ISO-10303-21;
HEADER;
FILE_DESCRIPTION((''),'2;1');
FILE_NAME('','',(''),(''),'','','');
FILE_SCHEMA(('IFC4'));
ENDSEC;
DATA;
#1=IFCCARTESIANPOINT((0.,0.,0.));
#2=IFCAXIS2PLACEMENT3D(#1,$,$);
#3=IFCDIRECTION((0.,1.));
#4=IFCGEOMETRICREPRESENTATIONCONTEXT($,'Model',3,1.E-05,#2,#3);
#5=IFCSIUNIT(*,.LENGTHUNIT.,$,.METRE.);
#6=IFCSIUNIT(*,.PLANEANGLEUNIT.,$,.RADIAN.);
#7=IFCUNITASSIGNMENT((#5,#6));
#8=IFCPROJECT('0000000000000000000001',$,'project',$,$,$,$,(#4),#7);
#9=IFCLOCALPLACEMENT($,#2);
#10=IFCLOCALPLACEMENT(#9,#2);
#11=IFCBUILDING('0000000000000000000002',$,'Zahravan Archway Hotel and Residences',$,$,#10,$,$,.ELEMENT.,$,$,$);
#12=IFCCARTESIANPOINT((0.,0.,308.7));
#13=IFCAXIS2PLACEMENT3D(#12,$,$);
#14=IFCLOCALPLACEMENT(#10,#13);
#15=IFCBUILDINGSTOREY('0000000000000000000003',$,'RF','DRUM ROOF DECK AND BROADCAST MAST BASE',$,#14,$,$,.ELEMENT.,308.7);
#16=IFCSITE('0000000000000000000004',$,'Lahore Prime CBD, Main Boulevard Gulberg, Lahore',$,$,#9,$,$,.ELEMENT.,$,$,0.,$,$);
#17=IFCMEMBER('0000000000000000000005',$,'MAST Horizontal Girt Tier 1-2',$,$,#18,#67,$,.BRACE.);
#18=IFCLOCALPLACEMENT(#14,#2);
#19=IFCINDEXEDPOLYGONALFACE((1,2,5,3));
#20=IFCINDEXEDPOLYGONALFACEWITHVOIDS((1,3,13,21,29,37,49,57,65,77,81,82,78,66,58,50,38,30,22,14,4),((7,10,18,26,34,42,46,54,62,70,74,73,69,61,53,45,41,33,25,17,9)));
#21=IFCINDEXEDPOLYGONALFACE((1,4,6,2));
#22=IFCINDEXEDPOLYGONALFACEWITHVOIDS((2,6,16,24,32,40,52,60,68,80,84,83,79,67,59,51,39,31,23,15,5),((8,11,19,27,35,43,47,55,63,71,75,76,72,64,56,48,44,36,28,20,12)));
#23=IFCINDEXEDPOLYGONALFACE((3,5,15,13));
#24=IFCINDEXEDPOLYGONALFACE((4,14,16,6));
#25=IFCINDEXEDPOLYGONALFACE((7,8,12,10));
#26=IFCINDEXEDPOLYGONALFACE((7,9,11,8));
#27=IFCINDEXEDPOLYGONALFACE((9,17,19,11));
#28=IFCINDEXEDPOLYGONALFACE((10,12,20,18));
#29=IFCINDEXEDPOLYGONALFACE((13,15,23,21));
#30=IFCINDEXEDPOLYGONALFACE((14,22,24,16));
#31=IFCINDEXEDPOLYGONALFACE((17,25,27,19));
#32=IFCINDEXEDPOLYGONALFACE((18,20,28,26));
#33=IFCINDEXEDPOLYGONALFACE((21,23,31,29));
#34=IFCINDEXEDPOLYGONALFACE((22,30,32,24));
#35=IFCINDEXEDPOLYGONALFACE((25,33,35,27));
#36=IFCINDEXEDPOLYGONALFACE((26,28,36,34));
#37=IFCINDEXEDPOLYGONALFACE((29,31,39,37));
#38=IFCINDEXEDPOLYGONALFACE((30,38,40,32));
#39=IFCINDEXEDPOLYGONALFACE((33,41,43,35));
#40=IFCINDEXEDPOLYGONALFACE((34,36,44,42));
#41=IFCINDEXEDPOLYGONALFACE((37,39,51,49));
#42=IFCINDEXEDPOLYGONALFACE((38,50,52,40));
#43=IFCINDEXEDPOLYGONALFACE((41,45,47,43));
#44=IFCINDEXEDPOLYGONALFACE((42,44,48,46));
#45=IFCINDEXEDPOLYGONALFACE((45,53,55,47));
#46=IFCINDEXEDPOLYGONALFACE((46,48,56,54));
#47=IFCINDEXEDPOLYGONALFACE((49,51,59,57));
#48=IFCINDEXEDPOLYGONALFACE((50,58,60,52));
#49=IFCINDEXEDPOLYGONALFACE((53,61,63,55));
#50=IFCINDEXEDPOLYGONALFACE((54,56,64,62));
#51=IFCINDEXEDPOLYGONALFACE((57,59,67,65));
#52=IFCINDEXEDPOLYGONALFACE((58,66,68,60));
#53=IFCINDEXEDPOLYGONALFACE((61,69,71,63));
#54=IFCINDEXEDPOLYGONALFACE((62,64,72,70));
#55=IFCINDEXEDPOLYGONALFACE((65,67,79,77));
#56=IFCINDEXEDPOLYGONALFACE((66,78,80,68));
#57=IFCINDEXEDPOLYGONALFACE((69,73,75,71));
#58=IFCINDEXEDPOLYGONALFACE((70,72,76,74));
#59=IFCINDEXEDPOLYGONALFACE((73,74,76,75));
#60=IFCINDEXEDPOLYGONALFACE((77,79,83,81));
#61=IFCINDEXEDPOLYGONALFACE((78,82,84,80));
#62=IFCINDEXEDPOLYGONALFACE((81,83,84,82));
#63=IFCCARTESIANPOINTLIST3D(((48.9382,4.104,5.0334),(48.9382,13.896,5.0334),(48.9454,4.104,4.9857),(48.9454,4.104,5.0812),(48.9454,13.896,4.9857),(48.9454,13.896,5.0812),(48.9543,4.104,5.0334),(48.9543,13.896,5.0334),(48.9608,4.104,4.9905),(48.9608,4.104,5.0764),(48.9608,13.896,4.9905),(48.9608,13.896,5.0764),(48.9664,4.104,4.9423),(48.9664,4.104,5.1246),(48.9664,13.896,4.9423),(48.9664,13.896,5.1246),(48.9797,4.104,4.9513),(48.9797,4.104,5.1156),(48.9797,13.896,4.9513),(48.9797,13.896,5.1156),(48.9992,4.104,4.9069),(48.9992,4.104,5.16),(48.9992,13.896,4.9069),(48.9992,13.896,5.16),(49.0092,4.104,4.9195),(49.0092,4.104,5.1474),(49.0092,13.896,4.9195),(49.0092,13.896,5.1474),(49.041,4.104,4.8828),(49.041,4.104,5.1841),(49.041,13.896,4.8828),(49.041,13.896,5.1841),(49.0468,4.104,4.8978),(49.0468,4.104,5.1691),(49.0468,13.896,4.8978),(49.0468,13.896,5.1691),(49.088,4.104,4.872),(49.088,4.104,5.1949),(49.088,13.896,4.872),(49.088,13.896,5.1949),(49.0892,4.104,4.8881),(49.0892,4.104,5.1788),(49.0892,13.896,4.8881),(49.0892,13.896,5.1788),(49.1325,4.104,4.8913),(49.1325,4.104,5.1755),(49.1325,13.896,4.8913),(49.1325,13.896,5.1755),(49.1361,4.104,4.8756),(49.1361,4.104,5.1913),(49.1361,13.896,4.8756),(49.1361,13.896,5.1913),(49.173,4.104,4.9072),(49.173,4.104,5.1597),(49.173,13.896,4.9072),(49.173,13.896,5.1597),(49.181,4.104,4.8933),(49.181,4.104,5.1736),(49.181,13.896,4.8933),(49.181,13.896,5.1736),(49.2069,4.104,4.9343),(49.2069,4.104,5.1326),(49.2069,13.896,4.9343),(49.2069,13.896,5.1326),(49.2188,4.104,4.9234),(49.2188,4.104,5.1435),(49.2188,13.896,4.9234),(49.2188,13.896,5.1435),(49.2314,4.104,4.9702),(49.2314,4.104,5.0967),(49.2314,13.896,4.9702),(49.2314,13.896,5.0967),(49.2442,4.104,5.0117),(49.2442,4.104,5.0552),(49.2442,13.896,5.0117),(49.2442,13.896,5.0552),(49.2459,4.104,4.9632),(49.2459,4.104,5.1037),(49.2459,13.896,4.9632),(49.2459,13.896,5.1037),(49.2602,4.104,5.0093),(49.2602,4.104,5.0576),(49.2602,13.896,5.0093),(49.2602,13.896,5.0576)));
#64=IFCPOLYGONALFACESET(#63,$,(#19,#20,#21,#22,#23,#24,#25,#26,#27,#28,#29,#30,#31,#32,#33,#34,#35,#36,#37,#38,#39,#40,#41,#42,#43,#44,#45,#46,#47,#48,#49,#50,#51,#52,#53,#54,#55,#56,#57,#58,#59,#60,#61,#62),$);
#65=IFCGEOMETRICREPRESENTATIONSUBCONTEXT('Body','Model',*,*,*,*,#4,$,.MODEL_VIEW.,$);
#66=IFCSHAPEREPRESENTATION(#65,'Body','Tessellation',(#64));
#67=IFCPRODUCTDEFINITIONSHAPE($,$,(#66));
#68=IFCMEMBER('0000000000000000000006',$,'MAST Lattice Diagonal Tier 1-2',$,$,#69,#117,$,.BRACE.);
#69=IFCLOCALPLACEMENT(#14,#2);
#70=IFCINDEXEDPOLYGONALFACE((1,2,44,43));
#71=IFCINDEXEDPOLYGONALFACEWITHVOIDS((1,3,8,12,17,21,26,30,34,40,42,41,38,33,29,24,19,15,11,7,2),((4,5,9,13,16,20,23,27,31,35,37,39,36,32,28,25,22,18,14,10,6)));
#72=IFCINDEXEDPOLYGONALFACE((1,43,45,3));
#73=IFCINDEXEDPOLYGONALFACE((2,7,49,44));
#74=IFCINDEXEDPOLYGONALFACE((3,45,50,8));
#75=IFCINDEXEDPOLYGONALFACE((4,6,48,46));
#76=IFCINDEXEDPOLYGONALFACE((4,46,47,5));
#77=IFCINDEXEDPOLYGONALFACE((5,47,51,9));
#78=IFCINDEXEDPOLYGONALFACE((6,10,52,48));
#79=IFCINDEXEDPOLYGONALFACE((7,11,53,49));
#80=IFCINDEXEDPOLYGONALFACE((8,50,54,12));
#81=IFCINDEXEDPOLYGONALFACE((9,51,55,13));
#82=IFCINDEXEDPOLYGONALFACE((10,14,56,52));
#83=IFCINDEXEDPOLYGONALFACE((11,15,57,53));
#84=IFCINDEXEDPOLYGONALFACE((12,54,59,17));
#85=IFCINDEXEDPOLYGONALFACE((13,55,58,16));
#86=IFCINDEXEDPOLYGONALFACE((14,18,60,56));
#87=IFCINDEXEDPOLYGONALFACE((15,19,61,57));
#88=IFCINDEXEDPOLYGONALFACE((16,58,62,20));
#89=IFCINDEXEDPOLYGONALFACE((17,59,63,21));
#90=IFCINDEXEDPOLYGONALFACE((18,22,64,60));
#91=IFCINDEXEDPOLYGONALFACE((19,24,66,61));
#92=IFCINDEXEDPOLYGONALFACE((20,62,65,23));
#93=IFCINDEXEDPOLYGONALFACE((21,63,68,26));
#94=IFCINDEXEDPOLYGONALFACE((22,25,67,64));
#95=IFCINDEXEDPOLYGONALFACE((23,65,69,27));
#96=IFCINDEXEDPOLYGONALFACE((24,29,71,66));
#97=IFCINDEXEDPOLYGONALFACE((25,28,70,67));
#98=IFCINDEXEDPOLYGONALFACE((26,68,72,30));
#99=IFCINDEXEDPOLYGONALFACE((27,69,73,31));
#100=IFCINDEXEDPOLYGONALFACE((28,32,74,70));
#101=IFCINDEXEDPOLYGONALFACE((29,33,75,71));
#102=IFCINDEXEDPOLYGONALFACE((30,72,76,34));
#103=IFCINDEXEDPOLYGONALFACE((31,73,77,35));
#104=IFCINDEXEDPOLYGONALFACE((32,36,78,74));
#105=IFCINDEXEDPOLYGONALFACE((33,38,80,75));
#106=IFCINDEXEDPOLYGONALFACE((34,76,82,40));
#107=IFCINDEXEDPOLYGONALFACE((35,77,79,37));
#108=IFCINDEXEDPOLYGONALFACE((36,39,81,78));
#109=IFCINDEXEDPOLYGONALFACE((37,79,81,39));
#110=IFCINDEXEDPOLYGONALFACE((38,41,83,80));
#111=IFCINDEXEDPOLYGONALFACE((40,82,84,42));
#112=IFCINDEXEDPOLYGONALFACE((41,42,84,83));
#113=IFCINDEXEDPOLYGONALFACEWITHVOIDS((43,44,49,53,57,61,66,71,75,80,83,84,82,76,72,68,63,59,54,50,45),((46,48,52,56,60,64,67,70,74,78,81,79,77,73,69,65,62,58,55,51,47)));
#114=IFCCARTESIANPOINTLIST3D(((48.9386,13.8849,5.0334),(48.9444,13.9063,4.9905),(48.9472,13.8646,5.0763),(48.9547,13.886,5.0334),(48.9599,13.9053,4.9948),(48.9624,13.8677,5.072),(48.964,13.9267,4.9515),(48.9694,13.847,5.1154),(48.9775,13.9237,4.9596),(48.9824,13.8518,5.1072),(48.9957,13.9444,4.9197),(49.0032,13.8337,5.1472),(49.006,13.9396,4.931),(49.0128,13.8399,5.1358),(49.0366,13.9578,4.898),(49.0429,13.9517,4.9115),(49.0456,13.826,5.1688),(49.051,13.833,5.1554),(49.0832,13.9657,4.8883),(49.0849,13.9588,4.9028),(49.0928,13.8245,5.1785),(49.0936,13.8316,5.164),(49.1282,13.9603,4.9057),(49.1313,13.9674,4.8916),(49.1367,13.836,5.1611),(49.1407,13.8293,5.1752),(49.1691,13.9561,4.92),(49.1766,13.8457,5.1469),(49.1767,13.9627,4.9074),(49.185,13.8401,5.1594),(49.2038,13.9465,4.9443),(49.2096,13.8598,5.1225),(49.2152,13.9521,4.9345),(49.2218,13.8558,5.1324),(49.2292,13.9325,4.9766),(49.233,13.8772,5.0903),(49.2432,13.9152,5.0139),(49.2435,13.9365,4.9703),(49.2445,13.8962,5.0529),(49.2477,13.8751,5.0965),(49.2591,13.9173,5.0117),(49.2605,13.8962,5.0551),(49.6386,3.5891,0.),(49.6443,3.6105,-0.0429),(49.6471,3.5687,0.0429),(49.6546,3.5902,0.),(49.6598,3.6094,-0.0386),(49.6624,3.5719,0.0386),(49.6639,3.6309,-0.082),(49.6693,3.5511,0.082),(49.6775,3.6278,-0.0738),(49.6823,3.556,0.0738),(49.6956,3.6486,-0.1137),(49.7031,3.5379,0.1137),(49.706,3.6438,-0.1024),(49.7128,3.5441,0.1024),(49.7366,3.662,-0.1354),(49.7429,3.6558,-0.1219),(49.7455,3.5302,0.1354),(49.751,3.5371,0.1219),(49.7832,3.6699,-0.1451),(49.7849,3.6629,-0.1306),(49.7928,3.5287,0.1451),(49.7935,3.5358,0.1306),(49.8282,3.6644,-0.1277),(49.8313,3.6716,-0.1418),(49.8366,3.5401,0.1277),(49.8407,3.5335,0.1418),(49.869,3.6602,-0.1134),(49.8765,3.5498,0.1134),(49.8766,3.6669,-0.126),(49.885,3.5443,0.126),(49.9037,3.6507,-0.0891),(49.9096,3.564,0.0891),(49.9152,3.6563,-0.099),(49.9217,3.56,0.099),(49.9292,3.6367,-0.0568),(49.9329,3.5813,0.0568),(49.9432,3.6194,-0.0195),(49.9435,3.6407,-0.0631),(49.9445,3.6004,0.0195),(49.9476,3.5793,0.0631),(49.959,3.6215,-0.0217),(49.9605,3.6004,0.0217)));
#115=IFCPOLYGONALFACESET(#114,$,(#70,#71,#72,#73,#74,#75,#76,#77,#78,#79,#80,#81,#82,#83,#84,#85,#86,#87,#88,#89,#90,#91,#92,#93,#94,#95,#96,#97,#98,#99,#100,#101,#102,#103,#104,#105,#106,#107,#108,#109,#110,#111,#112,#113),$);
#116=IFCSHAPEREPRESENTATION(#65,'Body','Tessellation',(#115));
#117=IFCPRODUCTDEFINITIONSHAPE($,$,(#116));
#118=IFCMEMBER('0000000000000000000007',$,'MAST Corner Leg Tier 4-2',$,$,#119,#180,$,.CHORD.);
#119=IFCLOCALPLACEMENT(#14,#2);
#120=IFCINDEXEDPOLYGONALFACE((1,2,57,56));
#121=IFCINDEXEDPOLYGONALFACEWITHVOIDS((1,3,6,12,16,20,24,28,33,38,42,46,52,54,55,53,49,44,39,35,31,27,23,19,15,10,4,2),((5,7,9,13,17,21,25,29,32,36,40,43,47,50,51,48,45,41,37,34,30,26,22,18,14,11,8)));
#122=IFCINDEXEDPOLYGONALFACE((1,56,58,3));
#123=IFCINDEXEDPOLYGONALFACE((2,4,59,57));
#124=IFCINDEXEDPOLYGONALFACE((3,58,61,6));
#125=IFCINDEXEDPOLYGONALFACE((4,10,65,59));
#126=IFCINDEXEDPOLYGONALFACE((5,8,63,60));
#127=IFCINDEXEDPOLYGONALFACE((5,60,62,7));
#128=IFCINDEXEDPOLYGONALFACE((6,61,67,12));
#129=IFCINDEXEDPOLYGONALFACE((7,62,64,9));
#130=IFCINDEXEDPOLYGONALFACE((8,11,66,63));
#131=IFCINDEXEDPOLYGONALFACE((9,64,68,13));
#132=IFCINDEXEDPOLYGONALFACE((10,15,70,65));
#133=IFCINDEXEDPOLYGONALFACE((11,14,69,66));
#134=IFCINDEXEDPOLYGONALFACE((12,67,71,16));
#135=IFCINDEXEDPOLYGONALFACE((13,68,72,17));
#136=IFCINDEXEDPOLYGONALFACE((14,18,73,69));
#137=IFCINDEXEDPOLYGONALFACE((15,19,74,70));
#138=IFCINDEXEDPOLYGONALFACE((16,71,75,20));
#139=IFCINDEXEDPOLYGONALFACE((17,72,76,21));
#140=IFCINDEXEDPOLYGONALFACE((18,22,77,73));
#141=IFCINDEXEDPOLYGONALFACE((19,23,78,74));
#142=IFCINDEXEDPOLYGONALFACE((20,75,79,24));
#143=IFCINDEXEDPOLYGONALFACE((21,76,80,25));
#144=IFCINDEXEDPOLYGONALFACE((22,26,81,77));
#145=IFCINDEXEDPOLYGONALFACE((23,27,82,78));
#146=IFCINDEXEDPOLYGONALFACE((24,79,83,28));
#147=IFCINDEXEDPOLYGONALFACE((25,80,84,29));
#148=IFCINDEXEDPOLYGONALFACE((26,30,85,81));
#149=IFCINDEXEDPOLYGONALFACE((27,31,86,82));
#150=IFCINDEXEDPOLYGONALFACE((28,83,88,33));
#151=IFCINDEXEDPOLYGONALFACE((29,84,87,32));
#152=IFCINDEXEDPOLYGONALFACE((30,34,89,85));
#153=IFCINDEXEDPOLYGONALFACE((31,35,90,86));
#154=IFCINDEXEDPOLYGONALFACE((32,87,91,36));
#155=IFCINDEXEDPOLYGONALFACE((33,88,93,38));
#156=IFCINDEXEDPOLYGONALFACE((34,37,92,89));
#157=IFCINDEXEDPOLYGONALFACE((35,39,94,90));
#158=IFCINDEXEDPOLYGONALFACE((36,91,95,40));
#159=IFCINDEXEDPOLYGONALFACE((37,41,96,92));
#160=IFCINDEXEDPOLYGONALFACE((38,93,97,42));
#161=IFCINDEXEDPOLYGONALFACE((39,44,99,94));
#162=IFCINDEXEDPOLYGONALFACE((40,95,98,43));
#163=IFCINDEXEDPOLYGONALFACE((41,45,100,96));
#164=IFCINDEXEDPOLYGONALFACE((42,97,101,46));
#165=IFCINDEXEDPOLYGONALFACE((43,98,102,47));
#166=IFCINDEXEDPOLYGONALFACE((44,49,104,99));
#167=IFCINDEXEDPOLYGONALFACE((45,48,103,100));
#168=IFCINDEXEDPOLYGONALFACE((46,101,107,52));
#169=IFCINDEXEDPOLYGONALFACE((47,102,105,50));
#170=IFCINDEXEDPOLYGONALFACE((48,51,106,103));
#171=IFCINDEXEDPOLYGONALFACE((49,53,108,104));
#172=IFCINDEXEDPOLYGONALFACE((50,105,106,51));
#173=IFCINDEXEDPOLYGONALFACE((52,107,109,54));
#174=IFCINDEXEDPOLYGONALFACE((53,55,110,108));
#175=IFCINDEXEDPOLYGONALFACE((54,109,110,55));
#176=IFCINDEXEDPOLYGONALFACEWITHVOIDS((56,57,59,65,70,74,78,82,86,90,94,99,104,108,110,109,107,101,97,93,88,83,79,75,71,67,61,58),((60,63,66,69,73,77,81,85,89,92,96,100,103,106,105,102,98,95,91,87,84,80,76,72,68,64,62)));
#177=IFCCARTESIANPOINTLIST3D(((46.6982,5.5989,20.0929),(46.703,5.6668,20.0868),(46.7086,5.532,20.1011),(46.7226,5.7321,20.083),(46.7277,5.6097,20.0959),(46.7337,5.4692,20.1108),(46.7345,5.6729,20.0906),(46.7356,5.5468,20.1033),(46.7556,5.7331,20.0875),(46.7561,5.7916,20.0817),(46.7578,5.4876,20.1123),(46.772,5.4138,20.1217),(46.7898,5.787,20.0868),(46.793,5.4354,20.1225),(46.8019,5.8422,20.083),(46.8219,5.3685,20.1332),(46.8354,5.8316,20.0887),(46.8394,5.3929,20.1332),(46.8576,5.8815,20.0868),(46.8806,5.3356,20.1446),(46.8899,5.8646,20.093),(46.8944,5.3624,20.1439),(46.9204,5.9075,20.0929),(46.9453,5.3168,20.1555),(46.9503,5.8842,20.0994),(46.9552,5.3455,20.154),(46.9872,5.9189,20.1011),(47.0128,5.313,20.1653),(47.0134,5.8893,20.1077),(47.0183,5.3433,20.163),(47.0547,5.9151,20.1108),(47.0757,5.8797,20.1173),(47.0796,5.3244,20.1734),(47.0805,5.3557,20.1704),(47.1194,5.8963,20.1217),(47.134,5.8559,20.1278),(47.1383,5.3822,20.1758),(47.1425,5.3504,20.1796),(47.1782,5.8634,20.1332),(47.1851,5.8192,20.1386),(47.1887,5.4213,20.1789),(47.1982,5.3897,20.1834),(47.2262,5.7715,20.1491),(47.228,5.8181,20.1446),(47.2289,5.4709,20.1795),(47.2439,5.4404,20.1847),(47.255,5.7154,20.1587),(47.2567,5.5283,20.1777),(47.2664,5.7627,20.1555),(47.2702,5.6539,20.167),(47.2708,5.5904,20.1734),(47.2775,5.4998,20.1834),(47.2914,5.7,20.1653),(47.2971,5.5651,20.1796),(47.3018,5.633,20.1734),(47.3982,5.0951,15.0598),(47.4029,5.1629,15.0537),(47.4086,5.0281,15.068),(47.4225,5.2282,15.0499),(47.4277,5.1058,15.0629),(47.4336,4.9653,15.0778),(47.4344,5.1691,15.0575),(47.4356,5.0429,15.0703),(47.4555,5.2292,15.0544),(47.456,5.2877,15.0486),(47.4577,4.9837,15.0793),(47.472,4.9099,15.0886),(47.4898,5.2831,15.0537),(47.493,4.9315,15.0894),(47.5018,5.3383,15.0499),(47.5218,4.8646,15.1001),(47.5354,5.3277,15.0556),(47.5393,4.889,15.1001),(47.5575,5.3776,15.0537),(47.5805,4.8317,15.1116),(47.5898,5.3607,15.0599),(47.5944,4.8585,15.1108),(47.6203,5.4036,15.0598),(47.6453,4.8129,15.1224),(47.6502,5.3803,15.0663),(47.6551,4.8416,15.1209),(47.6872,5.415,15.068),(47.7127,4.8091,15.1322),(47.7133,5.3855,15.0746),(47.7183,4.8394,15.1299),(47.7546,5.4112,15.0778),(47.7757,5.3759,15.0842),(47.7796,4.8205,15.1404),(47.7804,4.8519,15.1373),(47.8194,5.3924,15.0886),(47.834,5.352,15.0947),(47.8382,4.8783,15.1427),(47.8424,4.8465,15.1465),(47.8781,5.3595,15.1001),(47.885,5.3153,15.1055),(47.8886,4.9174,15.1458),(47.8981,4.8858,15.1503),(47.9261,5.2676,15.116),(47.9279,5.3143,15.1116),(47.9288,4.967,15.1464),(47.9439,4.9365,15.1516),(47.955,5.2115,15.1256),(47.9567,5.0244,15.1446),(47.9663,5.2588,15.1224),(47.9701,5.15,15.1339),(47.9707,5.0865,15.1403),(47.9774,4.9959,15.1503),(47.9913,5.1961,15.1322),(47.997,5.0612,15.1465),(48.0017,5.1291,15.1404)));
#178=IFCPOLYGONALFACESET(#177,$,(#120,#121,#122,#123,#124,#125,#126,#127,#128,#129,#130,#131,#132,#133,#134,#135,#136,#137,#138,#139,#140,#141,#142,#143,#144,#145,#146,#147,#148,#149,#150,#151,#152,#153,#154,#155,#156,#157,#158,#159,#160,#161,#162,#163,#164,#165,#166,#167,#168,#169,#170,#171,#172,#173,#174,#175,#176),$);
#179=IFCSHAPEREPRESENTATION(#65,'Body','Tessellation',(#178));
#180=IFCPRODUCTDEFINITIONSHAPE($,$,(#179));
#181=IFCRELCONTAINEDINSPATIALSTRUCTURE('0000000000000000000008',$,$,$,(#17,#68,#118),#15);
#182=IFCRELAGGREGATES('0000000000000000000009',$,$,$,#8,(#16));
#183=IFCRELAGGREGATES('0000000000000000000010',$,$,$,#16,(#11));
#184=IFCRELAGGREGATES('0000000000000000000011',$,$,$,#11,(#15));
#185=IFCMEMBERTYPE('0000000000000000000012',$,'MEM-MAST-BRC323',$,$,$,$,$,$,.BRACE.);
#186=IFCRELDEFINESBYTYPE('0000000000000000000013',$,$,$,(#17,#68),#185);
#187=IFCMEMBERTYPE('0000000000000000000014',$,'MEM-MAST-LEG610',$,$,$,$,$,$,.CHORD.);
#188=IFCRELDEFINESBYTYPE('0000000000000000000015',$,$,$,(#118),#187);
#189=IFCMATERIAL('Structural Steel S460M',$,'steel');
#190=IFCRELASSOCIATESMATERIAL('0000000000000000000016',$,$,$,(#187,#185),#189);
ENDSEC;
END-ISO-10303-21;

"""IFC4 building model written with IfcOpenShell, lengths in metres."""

from ifc_helpers import new_model, si_unit, direction, frame, origin, origin_2d, place, context, subcontext, project, spatial, hollow_circle, extrude, source, transform, mapped, material, material_profile, profile_set, type_object, element, save


model = new_model("IFC4")

# Units and contexts
model_context = context("Model", 3, precision=1e-05, world=origin(), true_north=direction((0.0, 1.0)))
body_context = subcontext(model_context, "Body", "Model", "MODEL_VIEW")
ifc_project = project(units=[si_unit("LENGTHUNIT", "METRE"), si_unit("PLANEANGLEUNIT", "RADIAN")], contexts=[model_context])

# Site, building, storey
site_placement = place(None, origin())
site = spatial("IfcSite", under=ifc_project, at=site_placement, Name="Lahore Prime CBD, Main Boulevard Gulberg, Lahore", CompositionType="ELEMENT", RefElevation=0.0)
building_placement = place(site_placement, origin())
building = spatial("IfcBuilding", under=site, at=building_placement, Name="Zahravan Archway Hotel and Residences", CompositionType="ELEMENT")
storey_placement = place(building_placement, frame((0.0, 0.0, 308.7)))
storey = spatial("IfcBuildingStorey", under=building, at=storey_placement, Name="RF", Description="DRUM ROOF DECK AND BROADCAST MAST BASE", CompositionType="ELEMENT", Elevation=308.7)

# Members
ifc_material_1 = material(Name="Structural Steel S460M", Category="steel")
ifc_material_profile_1 = material_profile(ifc_material_1, hollow_circle(Radius=0.3049, WallThickness=0.03, at=origin_2d()), Name="CHS 610x30", Category="steel")
ifc_profile_set_1 = profile_set([ifc_material_profile_1], Name="Structural Steel S460M")
member_type_1 = type_object("IfcMemberType", Name="MEM-MAST-LEG610", PredefinedType="CHORD", material=ifc_profile_set_1)
ifc_material_profile_2 = material_profile(ifc_material_1, hollow_circle(Radius=0.1619, WallThickness=0.0161, at=origin_2d()), Name="CHS 323.9x16", Category="steel")
ifc_profile_set_2 = profile_set([ifc_material_profile_2], Name="Structural Steel S460M")
member_type_2 = type_object("IfcMemberType", Name="MEM-MAST-BRC323", PredefinedType="BRACE", material=ifc_profile_set_2)
shared_shape_1 = source(origin(), body_context, "Body", "SweptSolid", [
    extrude(hollow_circle(Radius=0.1619, WallThickness=0.0161, at=origin_2d()), origin(), (0.0, 0.0, 1.0), 9.792),
])
member_1_placement = place(storey_placement, frame((49.1001, 4.104, 5.0334), z_axis=(0.0, 1.0, 0.0), x_axis=(-1.0, 0.0, 0.0)))
element("IfcMember", 1, at=member_1_placement, inside=storey, type_object=member_type_2, Name="MAST Horizontal Girt Tier 1-2", PredefinedType="BRACE", context=body_context, shape_type="MappedRepresentation", body=[
    mapped(shared_shape_1, transform((0.0, 0.0, 0.0), scale=1.0)),
])
shared_shape_2 = source(origin(), body_context, "Body", "SweptSolid", [
    extrude(hollow_circle(Radius=0.1619, WallThickness=0.0161, at=origin_2d()), origin(), (0.0, 0.0, 1.0), 11.4817),
])
member_2_placement = place(storey_placement, frame((49.8, 3.6001, 0.0), z_axis=(-0.060962, 0.896717, 0.438386), x_axis=(-0.997697, -0.067827, 0.0)))
element("IfcMember", 2, at=member_2_placement, inside=storey, type_object=member_type_2, Name="MAST Lattice Diagonal Tier 1-2", PredefinedType="BRACE", context=body_context, shape_type="MappedRepresentation", body=[
    mapped(shared_shape_2, transform((0.0, 0.0, 0.0), scale=1.0)),
])
shared_shape_3 = source(origin(), body_context, "Body", "SweptSolid", [
    extrude(hollow_circle(Radius=0.3049, WallThickness=0.03, at=origin_2d()), origin(), (0.0, 0.0, 1.0), 5.1064),
])
for number, where, z_axis, x_axis, name in (
    (3, (47.7, 5.1121, 15.1001), (-0.137069, 0.098678, 0.985634), (-0.58426, -0.811567, 0.0), "MAST Corner Leg Tier 4-2"),
):
    element("IfcMember", number, at=place(storey_placement, frame(where, z_axis=z_axis, x_axis=x_axis)), inside=storey, type_object=member_type_1, Name=name, PredefinedType="CHORD", context=body_context, shape_type="MappedRepresentation", body=[
        mapped(shared_shape_3, transform((0.0, 0.0, 0.0), scale=1.0)),
    ])

save(model, "model.ifc")
